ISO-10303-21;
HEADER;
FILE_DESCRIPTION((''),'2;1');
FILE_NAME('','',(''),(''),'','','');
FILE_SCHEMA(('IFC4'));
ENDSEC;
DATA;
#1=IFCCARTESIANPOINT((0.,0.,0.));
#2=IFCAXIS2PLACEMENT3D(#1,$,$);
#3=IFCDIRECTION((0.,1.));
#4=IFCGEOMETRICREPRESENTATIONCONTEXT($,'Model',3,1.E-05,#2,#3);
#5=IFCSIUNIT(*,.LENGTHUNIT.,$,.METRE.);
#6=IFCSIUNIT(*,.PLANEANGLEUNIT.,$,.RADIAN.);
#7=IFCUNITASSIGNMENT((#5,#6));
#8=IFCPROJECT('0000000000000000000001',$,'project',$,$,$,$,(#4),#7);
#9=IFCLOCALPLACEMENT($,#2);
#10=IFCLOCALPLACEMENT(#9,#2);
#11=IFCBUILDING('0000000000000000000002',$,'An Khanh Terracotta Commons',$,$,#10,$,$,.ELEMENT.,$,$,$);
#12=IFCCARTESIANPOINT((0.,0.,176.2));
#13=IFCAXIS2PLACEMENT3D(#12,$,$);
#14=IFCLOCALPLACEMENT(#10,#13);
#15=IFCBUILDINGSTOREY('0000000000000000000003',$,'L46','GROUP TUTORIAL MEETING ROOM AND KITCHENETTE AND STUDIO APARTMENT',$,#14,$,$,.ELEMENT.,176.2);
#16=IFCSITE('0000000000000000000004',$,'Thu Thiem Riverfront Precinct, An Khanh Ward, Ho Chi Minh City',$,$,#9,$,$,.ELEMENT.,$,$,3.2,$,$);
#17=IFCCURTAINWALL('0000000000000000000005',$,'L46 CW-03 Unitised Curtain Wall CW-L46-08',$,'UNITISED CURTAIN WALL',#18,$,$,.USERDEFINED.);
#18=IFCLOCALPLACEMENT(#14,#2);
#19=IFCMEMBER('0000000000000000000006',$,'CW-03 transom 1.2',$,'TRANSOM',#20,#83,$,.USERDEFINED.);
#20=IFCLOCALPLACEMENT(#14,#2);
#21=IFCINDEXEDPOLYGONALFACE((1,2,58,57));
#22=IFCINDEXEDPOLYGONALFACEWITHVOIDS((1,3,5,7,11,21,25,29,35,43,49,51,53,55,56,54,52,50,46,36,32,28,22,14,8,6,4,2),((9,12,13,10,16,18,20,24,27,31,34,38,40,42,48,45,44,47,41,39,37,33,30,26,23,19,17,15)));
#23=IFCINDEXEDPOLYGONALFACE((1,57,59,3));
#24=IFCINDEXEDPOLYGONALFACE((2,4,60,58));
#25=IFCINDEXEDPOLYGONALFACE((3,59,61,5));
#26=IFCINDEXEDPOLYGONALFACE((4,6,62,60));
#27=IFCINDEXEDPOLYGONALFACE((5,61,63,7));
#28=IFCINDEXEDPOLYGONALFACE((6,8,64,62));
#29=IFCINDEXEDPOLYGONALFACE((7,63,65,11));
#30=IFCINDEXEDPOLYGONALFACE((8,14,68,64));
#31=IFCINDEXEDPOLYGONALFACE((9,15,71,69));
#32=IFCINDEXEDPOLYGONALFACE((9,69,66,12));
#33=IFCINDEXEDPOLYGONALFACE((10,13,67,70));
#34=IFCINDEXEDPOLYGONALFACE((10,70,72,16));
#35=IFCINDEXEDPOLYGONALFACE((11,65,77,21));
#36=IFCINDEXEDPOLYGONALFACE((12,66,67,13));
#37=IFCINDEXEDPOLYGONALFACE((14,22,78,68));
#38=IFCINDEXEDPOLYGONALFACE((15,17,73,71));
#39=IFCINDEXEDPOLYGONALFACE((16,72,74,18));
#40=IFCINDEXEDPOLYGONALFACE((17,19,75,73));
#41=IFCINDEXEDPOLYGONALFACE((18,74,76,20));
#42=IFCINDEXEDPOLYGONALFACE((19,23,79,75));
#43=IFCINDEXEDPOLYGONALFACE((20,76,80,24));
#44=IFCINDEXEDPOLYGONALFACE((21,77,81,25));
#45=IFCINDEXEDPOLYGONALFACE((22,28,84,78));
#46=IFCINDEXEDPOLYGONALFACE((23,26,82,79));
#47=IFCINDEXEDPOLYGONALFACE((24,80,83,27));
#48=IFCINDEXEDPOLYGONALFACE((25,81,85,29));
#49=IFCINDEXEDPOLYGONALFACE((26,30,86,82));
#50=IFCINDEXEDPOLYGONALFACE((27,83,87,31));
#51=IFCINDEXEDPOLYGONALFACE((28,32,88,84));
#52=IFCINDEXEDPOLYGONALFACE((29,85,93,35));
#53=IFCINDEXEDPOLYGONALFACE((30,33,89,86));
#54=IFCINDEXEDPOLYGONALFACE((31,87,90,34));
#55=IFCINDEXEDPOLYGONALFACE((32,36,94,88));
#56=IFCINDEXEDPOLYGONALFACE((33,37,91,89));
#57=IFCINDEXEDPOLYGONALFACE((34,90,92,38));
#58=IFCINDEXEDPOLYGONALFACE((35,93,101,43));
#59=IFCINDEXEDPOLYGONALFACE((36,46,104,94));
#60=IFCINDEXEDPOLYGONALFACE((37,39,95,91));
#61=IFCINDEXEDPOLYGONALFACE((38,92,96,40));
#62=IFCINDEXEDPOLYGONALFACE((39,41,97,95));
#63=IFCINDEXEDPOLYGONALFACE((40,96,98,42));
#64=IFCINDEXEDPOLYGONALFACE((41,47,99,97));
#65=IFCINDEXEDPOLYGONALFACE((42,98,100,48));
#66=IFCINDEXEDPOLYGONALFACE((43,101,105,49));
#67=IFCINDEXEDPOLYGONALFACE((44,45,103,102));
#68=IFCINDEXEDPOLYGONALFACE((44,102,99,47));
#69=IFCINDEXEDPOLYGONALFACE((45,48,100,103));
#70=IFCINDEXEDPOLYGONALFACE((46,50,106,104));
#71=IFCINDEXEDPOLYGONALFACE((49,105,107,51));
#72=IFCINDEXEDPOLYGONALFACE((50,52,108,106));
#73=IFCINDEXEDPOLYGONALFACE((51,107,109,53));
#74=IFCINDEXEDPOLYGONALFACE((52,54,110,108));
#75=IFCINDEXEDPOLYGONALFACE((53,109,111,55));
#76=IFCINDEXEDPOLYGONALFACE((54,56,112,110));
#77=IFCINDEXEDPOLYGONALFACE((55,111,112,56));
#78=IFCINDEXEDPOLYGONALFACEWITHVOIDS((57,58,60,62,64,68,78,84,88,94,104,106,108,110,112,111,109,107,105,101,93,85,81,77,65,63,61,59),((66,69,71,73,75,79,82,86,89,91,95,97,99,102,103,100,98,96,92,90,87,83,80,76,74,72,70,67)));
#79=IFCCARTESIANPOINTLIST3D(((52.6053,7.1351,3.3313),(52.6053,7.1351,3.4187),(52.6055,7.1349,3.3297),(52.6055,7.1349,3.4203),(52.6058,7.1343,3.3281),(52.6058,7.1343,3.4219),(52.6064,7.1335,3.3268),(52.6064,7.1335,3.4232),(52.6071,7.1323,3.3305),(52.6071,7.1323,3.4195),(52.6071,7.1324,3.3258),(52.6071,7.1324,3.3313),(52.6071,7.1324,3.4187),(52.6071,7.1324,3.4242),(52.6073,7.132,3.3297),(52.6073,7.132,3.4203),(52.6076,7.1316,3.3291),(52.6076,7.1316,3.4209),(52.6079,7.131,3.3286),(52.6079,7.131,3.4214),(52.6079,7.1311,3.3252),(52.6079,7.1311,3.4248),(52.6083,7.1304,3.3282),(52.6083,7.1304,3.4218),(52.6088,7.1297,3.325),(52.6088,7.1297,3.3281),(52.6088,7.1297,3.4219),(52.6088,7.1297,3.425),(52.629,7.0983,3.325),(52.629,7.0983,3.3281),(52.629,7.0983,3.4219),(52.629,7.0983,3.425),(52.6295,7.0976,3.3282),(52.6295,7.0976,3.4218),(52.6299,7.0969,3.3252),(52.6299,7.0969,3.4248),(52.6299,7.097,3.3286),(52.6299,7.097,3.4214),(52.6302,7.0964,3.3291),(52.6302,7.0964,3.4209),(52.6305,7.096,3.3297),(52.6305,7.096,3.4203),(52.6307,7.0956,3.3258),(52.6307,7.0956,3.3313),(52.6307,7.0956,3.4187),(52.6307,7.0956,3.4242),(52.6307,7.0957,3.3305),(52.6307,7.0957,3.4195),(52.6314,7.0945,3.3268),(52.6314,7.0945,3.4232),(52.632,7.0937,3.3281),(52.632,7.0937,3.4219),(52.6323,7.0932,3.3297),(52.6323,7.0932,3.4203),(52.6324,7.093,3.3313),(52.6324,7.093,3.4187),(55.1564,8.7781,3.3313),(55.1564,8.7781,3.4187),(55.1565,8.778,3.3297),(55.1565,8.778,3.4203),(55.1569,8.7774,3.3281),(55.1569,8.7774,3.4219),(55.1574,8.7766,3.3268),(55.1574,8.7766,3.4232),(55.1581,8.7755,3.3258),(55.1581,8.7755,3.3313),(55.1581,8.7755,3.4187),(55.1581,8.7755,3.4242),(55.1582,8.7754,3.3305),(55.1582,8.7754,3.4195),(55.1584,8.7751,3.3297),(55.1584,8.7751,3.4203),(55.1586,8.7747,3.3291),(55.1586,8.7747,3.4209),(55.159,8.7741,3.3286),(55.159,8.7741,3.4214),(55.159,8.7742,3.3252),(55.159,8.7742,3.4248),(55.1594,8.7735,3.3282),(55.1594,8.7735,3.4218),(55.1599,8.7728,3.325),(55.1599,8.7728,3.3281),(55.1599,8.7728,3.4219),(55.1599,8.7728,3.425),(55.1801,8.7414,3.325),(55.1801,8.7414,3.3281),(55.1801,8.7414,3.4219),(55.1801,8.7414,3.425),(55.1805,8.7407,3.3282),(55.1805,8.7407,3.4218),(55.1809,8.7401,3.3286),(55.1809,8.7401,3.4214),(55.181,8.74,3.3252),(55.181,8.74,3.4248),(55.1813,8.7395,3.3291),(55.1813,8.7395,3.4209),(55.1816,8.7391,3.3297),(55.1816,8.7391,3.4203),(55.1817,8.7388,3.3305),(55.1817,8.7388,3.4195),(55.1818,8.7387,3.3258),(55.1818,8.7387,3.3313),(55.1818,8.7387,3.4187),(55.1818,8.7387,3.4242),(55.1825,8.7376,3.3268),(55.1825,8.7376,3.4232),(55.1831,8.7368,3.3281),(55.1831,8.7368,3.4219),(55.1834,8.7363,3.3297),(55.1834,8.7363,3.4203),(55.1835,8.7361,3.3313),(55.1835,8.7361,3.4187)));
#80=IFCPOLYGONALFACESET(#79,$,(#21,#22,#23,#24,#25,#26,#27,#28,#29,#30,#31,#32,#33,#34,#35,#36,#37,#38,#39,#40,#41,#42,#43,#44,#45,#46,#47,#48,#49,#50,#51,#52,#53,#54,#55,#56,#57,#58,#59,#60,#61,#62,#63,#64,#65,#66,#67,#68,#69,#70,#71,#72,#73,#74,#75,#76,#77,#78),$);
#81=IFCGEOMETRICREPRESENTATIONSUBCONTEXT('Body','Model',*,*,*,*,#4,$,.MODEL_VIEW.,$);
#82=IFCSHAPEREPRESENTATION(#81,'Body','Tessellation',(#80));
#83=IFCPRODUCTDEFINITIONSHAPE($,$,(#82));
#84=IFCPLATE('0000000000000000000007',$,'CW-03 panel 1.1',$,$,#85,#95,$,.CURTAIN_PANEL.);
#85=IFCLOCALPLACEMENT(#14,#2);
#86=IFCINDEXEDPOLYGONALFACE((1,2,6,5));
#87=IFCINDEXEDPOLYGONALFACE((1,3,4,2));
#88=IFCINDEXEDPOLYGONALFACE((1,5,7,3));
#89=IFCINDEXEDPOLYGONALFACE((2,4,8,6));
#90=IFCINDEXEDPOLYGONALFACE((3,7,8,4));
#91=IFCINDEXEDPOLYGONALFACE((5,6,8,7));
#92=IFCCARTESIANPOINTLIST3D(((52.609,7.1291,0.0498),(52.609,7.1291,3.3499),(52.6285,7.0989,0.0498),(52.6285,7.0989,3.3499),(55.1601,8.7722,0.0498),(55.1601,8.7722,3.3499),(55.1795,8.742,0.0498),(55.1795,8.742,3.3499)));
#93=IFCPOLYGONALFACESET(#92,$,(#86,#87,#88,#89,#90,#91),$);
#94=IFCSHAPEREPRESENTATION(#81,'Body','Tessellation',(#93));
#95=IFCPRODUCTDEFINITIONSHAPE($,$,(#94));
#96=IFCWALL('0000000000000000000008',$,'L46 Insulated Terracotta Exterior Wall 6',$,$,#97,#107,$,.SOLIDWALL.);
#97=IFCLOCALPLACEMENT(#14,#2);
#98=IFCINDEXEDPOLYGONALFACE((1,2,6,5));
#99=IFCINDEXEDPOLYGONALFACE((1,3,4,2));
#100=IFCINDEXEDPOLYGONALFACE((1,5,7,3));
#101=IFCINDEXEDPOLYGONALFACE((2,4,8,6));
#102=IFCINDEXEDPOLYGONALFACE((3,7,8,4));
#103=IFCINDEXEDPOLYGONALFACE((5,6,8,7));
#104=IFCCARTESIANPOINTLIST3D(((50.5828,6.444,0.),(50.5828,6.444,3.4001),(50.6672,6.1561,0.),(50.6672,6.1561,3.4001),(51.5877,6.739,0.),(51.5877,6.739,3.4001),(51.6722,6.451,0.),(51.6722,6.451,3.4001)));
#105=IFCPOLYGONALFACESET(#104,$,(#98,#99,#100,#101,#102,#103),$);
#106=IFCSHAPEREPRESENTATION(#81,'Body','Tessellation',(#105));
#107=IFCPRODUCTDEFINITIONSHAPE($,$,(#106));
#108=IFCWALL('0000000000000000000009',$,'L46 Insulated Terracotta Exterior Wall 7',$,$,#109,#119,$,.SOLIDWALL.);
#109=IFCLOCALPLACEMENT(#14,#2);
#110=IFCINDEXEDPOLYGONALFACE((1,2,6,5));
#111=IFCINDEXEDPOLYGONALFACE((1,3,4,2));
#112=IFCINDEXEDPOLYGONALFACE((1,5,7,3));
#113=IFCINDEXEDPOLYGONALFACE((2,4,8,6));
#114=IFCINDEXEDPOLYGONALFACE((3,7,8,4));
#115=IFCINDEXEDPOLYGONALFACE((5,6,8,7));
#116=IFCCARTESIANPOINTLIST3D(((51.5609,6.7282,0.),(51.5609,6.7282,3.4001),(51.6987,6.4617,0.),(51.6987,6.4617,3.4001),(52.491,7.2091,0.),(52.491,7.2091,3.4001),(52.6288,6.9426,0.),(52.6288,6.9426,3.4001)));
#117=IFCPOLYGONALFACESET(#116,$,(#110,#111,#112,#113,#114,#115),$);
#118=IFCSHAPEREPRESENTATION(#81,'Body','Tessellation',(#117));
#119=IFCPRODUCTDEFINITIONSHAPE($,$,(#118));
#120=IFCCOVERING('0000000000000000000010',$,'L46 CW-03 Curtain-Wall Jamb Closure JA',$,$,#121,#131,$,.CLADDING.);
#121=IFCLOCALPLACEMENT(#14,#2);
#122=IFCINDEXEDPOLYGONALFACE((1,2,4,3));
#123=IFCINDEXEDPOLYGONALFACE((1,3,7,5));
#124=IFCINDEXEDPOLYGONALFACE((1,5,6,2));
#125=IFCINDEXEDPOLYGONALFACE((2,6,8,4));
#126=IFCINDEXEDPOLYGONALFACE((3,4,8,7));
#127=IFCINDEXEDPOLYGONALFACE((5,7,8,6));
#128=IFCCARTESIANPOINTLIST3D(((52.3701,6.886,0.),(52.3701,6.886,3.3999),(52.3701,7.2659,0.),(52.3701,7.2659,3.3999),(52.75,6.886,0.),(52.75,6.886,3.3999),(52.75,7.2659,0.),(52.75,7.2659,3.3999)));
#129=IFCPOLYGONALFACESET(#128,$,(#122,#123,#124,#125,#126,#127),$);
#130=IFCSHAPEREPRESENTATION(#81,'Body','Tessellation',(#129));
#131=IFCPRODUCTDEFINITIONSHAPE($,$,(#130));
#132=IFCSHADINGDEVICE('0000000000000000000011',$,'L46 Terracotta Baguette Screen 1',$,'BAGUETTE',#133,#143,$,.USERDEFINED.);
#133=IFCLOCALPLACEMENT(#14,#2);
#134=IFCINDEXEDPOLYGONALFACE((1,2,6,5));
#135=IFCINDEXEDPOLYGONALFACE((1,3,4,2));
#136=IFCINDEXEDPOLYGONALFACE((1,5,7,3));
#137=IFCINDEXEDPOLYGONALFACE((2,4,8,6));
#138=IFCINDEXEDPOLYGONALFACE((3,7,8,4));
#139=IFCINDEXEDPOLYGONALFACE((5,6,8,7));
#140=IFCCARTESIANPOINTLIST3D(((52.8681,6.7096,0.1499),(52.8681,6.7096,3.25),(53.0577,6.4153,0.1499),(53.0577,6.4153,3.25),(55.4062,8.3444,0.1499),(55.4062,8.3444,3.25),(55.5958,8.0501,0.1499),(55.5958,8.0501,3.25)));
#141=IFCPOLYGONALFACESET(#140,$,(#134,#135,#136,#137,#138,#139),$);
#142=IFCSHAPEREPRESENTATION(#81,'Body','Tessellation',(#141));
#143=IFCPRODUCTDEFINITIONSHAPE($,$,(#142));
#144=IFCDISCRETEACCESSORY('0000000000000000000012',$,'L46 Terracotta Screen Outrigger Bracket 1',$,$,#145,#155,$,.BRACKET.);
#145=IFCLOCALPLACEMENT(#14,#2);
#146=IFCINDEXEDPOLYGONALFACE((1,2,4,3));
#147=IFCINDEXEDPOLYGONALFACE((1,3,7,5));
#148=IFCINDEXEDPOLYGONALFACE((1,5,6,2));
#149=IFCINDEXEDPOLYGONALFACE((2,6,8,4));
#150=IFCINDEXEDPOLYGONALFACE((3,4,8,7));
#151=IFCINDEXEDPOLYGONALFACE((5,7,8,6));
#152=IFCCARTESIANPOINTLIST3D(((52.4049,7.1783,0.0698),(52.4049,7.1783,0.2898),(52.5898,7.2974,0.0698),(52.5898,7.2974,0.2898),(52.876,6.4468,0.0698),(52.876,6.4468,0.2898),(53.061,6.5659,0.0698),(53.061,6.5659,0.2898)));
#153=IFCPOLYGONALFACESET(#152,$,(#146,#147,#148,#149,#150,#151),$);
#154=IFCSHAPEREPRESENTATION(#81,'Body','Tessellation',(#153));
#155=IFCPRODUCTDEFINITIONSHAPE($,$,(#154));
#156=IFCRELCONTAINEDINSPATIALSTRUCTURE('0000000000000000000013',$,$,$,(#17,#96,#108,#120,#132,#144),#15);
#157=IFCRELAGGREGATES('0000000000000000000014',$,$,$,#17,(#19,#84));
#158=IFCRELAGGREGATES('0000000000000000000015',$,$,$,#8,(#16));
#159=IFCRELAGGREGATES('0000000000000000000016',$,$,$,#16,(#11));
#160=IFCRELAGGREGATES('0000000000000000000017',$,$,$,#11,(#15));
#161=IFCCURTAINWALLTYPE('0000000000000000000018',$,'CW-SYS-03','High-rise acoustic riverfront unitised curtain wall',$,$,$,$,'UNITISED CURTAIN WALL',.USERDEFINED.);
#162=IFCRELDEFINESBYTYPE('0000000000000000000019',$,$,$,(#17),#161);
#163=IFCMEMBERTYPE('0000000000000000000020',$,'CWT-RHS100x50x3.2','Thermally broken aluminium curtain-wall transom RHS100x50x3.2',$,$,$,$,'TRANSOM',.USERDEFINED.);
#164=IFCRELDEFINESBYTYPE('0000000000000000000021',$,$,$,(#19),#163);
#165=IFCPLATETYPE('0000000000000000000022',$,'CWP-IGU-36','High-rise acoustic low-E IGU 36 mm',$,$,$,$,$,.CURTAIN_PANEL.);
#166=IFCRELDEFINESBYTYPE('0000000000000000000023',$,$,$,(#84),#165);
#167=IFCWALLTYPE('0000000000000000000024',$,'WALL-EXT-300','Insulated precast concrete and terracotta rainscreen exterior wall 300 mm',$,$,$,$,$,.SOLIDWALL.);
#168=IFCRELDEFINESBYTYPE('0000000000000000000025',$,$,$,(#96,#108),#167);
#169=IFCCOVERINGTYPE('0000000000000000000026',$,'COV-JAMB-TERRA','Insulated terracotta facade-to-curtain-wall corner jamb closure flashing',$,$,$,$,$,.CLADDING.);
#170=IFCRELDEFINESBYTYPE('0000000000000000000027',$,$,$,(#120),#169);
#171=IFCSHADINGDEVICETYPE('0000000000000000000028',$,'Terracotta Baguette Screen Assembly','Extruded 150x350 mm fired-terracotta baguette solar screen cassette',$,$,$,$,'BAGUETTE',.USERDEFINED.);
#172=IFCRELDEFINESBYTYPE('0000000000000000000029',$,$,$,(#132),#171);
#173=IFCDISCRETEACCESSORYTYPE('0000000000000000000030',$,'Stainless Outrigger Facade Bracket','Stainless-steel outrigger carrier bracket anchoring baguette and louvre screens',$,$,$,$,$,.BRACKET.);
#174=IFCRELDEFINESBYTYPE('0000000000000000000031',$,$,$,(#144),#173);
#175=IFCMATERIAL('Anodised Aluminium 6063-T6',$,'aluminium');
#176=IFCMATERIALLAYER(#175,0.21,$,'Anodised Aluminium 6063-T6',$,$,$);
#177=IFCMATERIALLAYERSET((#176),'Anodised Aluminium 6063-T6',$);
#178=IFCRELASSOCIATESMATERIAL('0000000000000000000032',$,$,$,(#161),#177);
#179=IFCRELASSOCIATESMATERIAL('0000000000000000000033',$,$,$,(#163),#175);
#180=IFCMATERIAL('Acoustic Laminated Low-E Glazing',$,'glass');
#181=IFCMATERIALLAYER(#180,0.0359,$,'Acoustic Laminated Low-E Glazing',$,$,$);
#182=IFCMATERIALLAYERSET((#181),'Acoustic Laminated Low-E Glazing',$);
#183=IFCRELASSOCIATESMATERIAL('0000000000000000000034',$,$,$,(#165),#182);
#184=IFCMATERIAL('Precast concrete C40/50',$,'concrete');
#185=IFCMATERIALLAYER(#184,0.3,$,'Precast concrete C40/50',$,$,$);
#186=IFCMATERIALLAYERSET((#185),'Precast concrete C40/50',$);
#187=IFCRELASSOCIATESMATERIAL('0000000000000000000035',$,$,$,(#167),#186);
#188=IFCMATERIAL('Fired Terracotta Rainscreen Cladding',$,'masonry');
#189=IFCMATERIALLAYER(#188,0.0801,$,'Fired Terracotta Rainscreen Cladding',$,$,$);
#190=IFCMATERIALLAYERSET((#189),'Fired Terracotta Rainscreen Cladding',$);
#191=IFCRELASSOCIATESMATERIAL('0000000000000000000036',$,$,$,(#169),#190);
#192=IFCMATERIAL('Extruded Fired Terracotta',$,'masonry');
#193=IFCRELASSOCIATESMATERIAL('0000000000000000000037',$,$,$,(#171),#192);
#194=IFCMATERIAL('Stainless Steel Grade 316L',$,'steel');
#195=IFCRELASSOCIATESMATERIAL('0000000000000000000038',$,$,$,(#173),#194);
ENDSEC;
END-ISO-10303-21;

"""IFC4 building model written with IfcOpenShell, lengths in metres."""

from ifc_helpers import new_model, si_unit, direction, frame, frame_2d, origin, origin_2d, place, context, subcontext, project, spatial, rectangle, hollow_rectangle, extrude, material, layer, layer_set, material_profile, profile_set, type_object, element, aggregate, save


model = new_model("IFC4")

# Units and contexts
model_context = context("Model", 3, precision=1e-05, world=origin(), true_north=direction((0.0, 1.0)))
body_context = subcontext(model_context, "Body", "Model", "MODEL_VIEW")
ifc_project = project(units=[si_unit("LENGTHUNIT", "METRE"), si_unit("PLANEANGLEUNIT", "RADIAN")], contexts=[model_context])

# Site, building, storey
site_placement = place(None, origin())
site = spatial("IfcSite", under=ifc_project, at=site_placement, Name="Thu Thiem Riverfront Precinct, An Khanh Ward, Ho Chi Minh City", CompositionType="ELEMENT", RefElevation=3.2)
building_placement = place(site_placement, origin())
building = spatial("IfcBuilding", under=site, at=building_placement, Name="An Khanh Terracotta Commons", CompositionType="ELEMENT")
storey_placement = place(building_placement, frame((0.0, 0.0, 176.2)))
storey = spatial("IfcBuildingStorey", under=building, at=storey_placement, Name="L46", Description="GROUP TUTORIAL MEETING ROOM AND KITCHENETTE AND STUDIO APARTMENT", CompositionType="ELEMENT", Elevation=176.2)

# Curtain wall, member, plate
ifc_material_1 = material(Name="Anodised Aluminium 6063-T6", Category="aluminium")
ifc_layer_1 = layer(ifc_material_1, 0.21, Name="Anodised Aluminium 6063-T6")
ifc_layer_set_1 = layer_set([ifc_layer_1], Name="Anodised Aluminium 6063-T6")
curtain_wall_type = type_object("IfcCurtainWallType", Name="CW-SYS-03", Description="High-rise acoustic riverfront unitised curtain wall", ElementType="UNITISED CURTAIN WALL", PredefinedType="USERDEFINED", material=ifc_layer_set_1)
curtain_wall_placement = place(storey_placement, origin())
curtain_wall = element("IfcCurtainWall", 1, at=curtain_wall_placement, inside=storey, type_object=curtain_wall_type, Name="L46 CW-03 Unitised Curtain Wall CW-L46-08", ObjectType="UNITISED CURTAIN WALL", PredefinedType="USERDEFINED")
ifc_material_profile_1 = material_profile(ifc_material_1, hollow_rectangle(XDim=0.05, YDim=0.1001, WallThickness=0.0032, InnerFilletRadius=0.0032, OuterFilletRadius=0.0063, at=origin_2d()), Name="RHS100x50x3.2")
ifc_profile_set_1 = profile_set([ifc_material_profile_1], Name="Anodised Aluminium 6063-T6")
member_type_1 = type_object("IfcMemberType", Name="CWT-RHS100x50x3.2", Description="Thermally broken aluminium curtain-wall transom RHS100x50x3.2", ElementType="TRANSOM", PredefinedType="USERDEFINED", material=ifc_profile_set_1)
member_1_placement = place(storey_placement, frame((52.6189, 7.114, 3.375), z_axis=(0.84071, 0.541485, 0.0), x_axis=(-0.541485, 0.84071, 0.0)))
member_1 = element("IfcMember", 2, at=member_1_placement, type_object=member_type_1, Name="CW-03 transom 1.2", ObjectType="TRANSOM", PredefinedType="USERDEFINED", context=body_context, shape_type="SweptSolid", body=[
    extrude(hollow_rectangle(XDim=0.05, YDim=0.1001, WallThickness=0.0032, InnerFilletRadius=0.0032, OuterFilletRadius=0.0063, at=origin_2d()), origin(), (0.0, 0.0, 1.0), 3.0344),
])
ifc_material_2 = material(Name="Acoustic Laminated Low-E Glazing", Category="glass")
ifc_layer_2 = layer(ifc_material_2, 0.0359, Name="Acoustic Laminated Low-E Glazing")
ifc_layer_set_2 = layer_set([ifc_layer_2], Name="Acoustic Laminated Low-E Glazing")
plate_type = type_object("IfcPlateType", Name="CWP-IGU-36", Description="High-rise acoustic low-E IGU 36 mm", PredefinedType="CURTAIN_PANEL", material=ifc_layer_set_2)
plate_placement = place(storey_placement, frame((53.8943, 7.9355, 0.0498), z_axis=(0.0, 0.0, 1.0), x_axis=(0.840702, 0.541498, 0.0)))
plate = element("IfcPlate", 3, at=plate_placement, type_object=plate_type, Name="CW-03 panel 1.1", PredefinedType="CURTAIN_PANEL", context=body_context, shape_type="SweptSolid", body=[
    extrude(rectangle(XDim=3.0344, YDim=0.0359, at=origin_2d()), origin(), (0.0, 0.0, 1.0), 3.3),
])
aggregate(curtain_wall, [member_1, plate])

# Walls
ifc_material_3 = material(Name="Precast concrete C40/50", Category="concrete")
ifc_layer_3 = layer(ifc_material_3, 0.3, Name="Precast concrete C40/50")
ifc_layer_set_3 = layer_set([ifc_layer_3], Name="Precast concrete C40/50")
wall_type = type_object("IfcWallType", Name="WALL-EXT-300", Description="Insulated precast concrete and terracotta rainscreen exterior wall 300 mm", PredefinedType="SOLIDWALL", material=ifc_layer_set_3)
wall_1_placement = place(storey_placement, frame((50.625, 6.3, 0.0), z_axis=(0.0, 0.0, 1.0), x_axis=(0.959529, 0.281611, 0.0)))
element("IfcWall", 4, at=wall_1_placement, inside=storey, type_object=wall_type, Name="L46 Insulated Terracotta Exterior Wall 6", PredefinedType="SOLIDWALL", context=body_context, shape_type="SweptSolid", body=[
    extrude(rectangle(XDim=1.0474, YDim=0.3, at=frame_2d((0.5237, 0.0))), origin(), (0.0, 0.0, 1.0), 3.4001),
])
wall_2_placement = place(storey_placement, frame((51.6299, 6.595, 0.0), z_axis=(0.0, 0.0, 1.0), x_axis=(0.888283, 0.459296, 0.0)))
element("IfcWall", 5, at=wall_2_placement, inside=storey, type_object=wall_type, Name="L46 Insulated Terracotta Exterior Wall 7", PredefinedType="SOLIDWALL", context=body_context, shape_type="SweptSolid", body=[
    extrude(rectangle(XDim=1.0471, YDim=0.3, at=frame_2d((0.5234, 0.0))), origin(), (0.0, 0.0, 1.0), 3.4001),
])

# Covering
ifc_material_4 = material(Name="Fired Terracotta Rainscreen Cladding", Category="masonry")
ifc_layer_4 = layer(ifc_material_4, 0.0801, Name="Fired Terracotta Rainscreen Cladding")
ifc_layer_set_4 = layer_set([ifc_layer_4], Name="Fired Terracotta Rainscreen Cladding")
covering_type = type_object("IfcCoveringType", Name="COV-JAMB-TERRA", Description="Insulated terracotta facade-to-curtain-wall corner jamb closure flashing", PredefinedType="CLADDING", material=ifc_layer_set_4)
covering_placement = place(storey_placement, frame((52.5601, 7.0759, 0.0), z_axis=(0.0, 0.0, 1.0), x_axis=(1.0, 0.0, 0.0)))
element("IfcCovering", 6, at=covering_placement, inside=storey, type_object=covering_type, Name="L46 CW-03 Curtain-Wall Jamb Closure JA", PredefinedType="CLADDING", context=body_context, shape_type="SweptSolid", body=[
    extrude(rectangle(XDim=0.3799, YDim=0.3799, at=origin_2d()), origin(), (0.0, 0.0, 1.0), 3.3999),
])

# Shading device
ifc_material_5 = material(Name="Extruded Fired Terracotta", Category="masonry")
shading_device_type = type_object("IfcShadingDeviceType", Name="Terracotta Baguette Screen Assembly", Description="Extruded 150x350 mm fired-terracotta baguette solar screen cassette", ElementType="BAGUETTE", PredefinedType="USERDEFINED", material=ifc_material_5)
shading_device_placement = place(storey_placement, frame((54.2319, 7.3799, 0.1499), z_axis=(0.0, 0.0, 1.0), x_axis=(0.840702, 0.541498, 0.0)))
element("IfcShadingDevice", 7, at=shading_device_placement, inside=storey, type_object=shading_device_type, Name="L46 Terracotta Baguette Screen 1", ObjectType="BAGUETTE", PredefinedType="USERDEFINED", context=body_context, shape_type="SweptSolid", body=[
    extrude(rectangle(XDim=3.019, YDim=0.3501, at=origin_2d()), origin(), (0.0, 0.0, 1.0), 3.1001),
])

# Discrete accessory
ifc_material_6 = material(Name="Stainless Steel Grade 316L", Category="steel")
discrete_accessory_type = type_object("IfcDiscreteAccessoryType", Name="Stainless Outrigger Facade Bracket", Description="Stainless-steel outrigger carrier bracket anchoring baguette and louvre screens", PredefinedType="BRACKET", material=ifc_material_6)
discrete_accessory_placement = place(storey_placement, frame((52.7329, 6.8721, 0.0698), z_axis=(0.0, 0.0, 1.0), x_axis=(0.840702, 0.541498, 0.0)))
element("IfcDiscreteAccessory", 8, at=discrete_accessory_placement, inside=storey, type_object=discrete_accessory_type, Name="L46 Terracotta Screen Outrigger Bracket 1", PredefinedType="BRACKET", context=body_context, shape_type="SweptSolid", body=[
    extrude(rectangle(XDim=0.22, YDim=0.8701, at=origin_2d()), origin(), (0.0, 0.0, 1.0), 0.22),
])

save(model, "model.ifc")
